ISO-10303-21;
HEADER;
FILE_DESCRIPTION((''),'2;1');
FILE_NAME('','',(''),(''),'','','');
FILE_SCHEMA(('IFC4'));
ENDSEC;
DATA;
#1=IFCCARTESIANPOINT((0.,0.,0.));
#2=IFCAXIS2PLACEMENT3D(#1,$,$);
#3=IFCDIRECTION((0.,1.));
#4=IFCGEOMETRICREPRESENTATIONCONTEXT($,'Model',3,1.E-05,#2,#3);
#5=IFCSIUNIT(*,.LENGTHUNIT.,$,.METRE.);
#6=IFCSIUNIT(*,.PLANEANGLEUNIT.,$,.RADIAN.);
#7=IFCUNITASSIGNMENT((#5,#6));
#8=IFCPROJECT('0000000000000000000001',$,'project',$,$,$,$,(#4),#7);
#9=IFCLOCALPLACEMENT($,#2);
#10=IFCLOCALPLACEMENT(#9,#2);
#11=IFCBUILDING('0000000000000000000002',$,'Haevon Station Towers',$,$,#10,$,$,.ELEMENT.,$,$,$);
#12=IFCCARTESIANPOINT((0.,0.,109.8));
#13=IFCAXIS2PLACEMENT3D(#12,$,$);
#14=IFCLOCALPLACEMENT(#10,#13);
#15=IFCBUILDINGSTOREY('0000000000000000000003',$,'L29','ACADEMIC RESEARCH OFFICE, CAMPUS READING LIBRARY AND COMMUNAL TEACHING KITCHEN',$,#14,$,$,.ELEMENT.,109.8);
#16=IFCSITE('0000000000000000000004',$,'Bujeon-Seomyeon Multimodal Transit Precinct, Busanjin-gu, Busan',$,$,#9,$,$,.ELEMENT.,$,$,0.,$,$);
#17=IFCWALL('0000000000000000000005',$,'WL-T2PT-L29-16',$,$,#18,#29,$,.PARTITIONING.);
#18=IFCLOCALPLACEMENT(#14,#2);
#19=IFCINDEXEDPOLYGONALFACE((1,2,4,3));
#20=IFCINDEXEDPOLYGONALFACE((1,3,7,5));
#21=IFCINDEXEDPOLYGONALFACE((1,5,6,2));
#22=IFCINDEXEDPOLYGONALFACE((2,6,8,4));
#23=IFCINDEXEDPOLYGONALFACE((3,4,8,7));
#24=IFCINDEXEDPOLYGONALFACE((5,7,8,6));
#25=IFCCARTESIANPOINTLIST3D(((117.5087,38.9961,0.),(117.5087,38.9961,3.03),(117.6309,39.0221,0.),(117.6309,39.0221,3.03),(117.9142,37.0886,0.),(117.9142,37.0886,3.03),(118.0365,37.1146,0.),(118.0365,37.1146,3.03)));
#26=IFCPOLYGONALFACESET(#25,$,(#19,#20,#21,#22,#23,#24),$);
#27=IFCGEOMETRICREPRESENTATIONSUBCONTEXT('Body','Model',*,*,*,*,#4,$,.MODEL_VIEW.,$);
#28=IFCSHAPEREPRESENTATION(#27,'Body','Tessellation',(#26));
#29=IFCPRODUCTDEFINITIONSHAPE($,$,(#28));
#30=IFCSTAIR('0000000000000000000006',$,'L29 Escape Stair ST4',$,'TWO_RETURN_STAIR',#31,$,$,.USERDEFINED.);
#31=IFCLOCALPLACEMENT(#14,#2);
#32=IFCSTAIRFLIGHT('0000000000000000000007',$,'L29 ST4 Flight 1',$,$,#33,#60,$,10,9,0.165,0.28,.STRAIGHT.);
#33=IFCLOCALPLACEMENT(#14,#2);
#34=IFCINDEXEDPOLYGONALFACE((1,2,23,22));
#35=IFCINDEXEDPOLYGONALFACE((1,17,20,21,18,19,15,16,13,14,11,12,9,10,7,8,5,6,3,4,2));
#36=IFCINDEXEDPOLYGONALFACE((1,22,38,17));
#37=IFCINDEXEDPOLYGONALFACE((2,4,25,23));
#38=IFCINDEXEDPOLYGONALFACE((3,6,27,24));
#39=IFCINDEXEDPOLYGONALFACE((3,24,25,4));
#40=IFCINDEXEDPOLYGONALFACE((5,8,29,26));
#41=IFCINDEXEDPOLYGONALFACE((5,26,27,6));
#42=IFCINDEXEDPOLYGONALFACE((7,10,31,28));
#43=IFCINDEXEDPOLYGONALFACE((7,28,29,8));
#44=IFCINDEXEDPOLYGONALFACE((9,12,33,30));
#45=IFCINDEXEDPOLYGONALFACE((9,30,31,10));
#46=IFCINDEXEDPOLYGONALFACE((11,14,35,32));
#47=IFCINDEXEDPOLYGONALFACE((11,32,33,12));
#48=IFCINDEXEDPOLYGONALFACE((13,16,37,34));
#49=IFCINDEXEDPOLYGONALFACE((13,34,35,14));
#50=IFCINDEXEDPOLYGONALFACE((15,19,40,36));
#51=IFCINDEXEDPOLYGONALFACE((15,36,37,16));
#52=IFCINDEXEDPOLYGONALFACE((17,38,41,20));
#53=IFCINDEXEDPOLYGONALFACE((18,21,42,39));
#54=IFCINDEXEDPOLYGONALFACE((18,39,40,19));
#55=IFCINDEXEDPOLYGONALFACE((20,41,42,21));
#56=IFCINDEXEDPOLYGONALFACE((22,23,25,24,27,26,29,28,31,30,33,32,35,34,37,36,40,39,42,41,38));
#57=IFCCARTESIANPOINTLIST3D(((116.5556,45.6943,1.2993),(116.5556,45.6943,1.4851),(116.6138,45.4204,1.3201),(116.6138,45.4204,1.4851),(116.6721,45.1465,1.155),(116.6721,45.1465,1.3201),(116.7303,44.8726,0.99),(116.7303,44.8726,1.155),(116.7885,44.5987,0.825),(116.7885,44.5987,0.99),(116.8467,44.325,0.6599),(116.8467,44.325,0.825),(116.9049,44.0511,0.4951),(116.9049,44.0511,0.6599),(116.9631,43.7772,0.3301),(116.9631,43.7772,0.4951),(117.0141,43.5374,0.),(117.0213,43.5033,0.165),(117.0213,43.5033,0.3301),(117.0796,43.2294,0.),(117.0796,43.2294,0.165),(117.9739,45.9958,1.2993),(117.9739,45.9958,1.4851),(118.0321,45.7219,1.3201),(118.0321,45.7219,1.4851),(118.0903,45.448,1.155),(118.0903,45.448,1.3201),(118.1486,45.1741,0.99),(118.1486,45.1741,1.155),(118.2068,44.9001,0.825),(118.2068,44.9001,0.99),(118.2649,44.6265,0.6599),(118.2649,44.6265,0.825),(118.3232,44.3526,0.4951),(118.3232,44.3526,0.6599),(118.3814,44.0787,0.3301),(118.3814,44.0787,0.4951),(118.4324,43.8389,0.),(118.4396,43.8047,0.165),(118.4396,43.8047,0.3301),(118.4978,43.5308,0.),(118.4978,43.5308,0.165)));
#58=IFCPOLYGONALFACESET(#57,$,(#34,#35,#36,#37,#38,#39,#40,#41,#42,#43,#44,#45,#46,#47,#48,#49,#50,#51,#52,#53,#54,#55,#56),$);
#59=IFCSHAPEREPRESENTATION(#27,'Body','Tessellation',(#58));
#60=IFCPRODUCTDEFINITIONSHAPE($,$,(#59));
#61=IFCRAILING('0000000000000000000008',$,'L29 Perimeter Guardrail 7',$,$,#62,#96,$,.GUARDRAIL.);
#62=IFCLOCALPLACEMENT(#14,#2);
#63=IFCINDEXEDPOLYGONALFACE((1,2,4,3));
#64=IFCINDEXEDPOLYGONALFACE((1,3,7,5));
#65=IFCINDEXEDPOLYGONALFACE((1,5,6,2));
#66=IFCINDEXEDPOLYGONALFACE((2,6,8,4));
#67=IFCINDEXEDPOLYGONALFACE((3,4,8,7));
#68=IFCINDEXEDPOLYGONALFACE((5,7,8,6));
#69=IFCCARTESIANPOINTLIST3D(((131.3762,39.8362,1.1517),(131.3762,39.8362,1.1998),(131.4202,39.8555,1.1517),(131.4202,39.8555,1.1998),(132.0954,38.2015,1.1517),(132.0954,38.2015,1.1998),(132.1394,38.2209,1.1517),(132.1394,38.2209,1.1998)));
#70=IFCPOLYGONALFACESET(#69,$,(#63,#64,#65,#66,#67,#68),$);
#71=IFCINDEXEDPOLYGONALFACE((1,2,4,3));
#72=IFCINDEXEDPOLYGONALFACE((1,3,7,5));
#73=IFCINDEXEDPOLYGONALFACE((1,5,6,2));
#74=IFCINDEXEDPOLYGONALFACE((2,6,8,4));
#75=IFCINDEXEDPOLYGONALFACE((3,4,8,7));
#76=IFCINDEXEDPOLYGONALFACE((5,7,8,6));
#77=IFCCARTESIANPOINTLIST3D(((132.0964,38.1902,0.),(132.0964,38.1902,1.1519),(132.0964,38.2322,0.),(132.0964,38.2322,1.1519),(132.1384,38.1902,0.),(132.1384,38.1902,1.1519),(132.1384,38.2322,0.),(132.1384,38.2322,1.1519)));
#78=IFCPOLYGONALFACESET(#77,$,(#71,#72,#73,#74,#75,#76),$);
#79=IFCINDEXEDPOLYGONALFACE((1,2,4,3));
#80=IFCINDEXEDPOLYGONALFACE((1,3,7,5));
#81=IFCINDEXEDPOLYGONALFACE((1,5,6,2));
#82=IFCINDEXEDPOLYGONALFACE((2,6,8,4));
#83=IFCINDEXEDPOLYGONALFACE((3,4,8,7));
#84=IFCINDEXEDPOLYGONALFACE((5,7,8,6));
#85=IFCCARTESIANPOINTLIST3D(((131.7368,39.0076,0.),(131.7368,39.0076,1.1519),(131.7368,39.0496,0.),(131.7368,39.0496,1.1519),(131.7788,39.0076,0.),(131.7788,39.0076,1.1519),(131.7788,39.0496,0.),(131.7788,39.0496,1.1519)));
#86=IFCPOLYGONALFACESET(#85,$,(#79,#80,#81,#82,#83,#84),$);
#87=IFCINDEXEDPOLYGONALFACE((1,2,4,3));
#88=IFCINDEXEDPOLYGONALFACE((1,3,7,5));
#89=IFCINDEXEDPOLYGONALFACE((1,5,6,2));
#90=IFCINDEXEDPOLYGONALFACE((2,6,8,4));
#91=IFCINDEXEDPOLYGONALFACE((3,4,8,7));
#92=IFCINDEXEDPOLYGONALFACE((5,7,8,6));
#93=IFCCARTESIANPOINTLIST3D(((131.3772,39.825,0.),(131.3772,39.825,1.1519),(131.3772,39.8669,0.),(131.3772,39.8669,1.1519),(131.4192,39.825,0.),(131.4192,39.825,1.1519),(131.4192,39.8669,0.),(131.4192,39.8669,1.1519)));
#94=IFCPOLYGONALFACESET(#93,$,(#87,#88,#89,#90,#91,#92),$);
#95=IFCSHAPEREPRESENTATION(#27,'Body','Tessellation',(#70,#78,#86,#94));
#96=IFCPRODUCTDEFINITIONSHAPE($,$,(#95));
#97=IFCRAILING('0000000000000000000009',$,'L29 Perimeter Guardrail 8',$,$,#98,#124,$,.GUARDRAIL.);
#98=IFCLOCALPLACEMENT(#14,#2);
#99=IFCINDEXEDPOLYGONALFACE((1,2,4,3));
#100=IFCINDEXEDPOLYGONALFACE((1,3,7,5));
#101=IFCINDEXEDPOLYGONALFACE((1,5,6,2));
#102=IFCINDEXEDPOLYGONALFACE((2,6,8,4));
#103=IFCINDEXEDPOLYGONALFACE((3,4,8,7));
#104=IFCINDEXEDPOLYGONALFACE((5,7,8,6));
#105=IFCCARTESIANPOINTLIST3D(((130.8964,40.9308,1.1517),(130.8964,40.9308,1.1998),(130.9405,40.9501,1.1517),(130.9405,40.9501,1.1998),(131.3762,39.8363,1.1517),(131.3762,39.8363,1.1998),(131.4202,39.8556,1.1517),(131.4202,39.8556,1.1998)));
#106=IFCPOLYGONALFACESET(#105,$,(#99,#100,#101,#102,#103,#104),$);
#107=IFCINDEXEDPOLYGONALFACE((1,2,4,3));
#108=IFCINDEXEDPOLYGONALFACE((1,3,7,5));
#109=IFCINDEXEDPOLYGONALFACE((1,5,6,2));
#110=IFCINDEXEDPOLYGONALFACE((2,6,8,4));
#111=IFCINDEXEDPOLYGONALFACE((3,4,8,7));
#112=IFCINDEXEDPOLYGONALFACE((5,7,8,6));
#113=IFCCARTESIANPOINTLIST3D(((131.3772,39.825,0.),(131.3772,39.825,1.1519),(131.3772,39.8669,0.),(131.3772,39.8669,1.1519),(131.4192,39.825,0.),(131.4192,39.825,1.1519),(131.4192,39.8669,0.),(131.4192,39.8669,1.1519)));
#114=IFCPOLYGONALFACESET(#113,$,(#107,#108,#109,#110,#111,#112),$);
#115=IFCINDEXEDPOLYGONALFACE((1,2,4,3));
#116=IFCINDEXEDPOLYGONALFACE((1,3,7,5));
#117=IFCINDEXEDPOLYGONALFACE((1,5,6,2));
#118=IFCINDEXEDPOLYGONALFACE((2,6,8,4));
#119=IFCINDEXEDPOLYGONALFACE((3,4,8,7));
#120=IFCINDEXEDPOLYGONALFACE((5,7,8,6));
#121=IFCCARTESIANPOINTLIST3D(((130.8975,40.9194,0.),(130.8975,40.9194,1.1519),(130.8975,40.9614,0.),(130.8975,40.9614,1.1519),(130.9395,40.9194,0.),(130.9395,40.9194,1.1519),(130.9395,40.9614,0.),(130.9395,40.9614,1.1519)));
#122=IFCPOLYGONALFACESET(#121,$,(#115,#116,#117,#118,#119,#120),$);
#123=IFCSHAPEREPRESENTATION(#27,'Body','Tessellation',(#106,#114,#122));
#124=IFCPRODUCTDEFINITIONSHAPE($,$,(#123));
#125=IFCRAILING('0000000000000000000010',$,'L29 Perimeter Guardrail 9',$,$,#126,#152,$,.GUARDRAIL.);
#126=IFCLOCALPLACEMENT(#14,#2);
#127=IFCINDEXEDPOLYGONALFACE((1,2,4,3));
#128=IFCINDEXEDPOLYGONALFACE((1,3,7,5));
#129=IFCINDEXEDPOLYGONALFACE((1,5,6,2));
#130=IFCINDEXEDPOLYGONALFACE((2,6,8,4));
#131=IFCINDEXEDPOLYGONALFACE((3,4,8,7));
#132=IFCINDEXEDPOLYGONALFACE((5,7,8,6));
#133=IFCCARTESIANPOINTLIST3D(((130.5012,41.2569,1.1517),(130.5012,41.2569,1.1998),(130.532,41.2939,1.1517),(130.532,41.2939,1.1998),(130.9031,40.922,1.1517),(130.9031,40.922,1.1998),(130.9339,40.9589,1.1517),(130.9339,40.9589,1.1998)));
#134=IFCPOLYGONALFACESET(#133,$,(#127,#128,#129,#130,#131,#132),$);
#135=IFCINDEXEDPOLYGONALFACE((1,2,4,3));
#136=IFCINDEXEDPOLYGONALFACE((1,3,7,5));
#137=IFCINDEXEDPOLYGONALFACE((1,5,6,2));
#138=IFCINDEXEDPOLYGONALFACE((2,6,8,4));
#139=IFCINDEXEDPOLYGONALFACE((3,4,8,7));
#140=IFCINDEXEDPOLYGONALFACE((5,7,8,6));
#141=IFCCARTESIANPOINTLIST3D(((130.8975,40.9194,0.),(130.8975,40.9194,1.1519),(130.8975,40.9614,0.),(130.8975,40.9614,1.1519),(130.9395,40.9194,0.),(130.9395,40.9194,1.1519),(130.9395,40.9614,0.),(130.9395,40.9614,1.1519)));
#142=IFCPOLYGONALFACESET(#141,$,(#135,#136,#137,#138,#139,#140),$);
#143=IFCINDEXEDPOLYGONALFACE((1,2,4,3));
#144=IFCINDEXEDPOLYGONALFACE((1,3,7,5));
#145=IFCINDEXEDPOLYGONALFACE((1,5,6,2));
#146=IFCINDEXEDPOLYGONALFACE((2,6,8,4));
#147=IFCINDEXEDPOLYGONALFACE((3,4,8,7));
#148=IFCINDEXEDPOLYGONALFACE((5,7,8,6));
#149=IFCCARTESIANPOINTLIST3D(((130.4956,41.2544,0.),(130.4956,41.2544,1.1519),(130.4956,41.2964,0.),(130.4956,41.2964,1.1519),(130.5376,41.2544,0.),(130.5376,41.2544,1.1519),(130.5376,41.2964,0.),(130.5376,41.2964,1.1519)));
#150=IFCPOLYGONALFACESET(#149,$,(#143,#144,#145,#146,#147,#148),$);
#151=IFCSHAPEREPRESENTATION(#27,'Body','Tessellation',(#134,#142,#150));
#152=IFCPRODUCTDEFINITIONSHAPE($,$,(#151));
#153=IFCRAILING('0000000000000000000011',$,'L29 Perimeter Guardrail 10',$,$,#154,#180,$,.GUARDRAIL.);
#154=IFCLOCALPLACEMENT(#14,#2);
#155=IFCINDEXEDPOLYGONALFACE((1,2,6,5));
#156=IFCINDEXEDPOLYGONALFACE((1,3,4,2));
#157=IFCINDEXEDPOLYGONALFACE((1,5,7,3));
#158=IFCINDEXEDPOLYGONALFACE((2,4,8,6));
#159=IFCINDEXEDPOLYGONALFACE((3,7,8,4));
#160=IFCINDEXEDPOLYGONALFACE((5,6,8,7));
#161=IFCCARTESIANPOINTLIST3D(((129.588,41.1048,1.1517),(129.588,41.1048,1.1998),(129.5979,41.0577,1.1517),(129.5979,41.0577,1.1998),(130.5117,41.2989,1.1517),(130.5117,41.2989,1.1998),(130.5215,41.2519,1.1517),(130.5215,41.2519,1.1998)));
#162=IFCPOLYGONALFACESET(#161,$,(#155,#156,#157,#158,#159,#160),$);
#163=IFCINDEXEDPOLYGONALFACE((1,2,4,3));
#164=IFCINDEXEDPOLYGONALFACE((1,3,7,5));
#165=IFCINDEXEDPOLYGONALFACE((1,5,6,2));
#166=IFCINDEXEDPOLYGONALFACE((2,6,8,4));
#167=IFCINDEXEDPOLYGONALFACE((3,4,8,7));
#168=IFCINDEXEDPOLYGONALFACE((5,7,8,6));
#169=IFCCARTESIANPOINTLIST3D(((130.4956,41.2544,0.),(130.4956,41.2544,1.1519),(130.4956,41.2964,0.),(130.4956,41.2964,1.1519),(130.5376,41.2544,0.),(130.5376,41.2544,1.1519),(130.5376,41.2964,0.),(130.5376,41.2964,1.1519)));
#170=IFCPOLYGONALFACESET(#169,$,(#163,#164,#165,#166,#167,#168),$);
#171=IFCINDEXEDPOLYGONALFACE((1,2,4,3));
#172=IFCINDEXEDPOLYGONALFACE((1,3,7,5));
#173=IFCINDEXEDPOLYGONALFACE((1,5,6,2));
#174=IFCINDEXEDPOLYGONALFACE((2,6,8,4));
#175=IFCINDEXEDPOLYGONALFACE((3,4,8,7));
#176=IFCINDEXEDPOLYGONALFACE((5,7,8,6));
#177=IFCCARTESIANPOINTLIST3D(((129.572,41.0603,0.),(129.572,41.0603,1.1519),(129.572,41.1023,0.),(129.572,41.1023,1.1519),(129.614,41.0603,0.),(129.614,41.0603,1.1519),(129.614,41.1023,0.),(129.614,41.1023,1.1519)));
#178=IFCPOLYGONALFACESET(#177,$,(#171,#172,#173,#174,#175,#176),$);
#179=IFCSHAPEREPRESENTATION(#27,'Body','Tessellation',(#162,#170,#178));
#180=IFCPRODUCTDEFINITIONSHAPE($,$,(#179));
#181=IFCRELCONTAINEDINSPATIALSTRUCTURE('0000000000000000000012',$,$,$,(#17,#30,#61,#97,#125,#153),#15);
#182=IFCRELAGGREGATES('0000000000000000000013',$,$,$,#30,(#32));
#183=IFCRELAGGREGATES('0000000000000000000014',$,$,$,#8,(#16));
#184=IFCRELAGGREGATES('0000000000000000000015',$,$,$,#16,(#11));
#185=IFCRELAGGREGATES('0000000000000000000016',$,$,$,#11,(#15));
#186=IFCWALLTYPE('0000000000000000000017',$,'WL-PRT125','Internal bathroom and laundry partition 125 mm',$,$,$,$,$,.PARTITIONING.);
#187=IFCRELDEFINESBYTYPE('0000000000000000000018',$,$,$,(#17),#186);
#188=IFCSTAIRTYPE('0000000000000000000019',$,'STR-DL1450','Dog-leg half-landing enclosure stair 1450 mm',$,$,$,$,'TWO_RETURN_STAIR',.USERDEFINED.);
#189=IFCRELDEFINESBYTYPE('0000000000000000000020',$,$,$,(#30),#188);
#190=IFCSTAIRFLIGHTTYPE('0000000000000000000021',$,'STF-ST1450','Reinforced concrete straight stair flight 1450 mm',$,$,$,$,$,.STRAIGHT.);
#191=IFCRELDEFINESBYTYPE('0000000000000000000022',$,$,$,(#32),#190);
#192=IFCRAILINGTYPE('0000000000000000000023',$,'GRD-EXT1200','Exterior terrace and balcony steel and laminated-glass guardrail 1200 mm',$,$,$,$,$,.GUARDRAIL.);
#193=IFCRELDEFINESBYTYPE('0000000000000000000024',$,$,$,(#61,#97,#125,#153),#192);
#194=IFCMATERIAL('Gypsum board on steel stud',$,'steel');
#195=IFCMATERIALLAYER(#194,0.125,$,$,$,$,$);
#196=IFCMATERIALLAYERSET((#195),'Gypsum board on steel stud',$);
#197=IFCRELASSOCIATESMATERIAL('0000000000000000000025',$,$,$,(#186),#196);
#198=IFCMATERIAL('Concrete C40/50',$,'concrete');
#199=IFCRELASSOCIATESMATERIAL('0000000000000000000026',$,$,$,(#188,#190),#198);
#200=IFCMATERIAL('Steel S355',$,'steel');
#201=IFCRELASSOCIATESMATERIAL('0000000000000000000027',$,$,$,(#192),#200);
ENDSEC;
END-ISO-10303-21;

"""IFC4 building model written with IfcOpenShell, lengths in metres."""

from ifc_helpers import new_model, si_unit, direction, frame, frame_2d, origin, origin_2d, place, context, subcontext, project, spatial, polyline, rectangle, outline, extrude, material, layer, layer_set, type_object, element, aggregate, save


model = new_model("IFC4")

# Units and contexts
model_context = context("Model", 3, precision=1e-05, world=origin(), true_north=direction((0.0, 1.0)))
body_context = subcontext(model_context, "Body", "Model", "MODEL_VIEW")
ifc_project = project(units=[si_unit("LENGTHUNIT", "METRE"), si_unit("PLANEANGLEUNIT", "RADIAN")], contexts=[model_context])

# Site, building, storey
site_placement = place(None, origin())
site = spatial("IfcSite", under=ifc_project, at=site_placement, Name="Bujeon-Seomyeon Multimodal Transit Precinct, Busanjin-gu, Busan", CompositionType="ELEMENT", RefElevation=0.0)
building_placement = place(site_placement, origin())
building = spatial("IfcBuilding", under=site, at=building_placement, Name="Haevon Station Towers", CompositionType="ELEMENT")
storey_placement = place(building_placement, frame((0.0, 0.0, 109.8)))
storey = spatial("IfcBuildingStorey", under=building, at=storey_placement, Name="L29", Description="ACADEMIC RESEARCH OFFICE, CAMPUS READING LIBRARY AND COMMUNAL TEACHING KITCHEN", CompositionType="ELEMENT", Elevation=109.8)

# Shared definitions
ifc_material_1 = material(Name="Steel S355", Category="steel")

# Shared definitions
ifc_material_2 = material(Name="Gypsum board on steel stud", Category="steel")

# Wall
ifc_layer_1 = layer(ifc_material_2, 0.125)
ifc_layer_set_1 = layer_set([ifc_layer_1], Name="Gypsum board on steel stud")
wall_type_1 = type_object("IfcWallType", Name="WL-PRT125", Description="Internal bathroom and laundry partition 125 mm", PredefinedType="PARTITIONING", material=ifc_layer_set_1)
wall_1_placement = place(storey_placement, frame((117.9753, 37.1016, 0.0), z_axis=(0.0, 0.0, 1.0), x_axis=(-0.207947, 0.97814, 0.0)))
element("IfcWall", 1, at=wall_1_placement, inside=storey, type_object=wall_type_1, Name="WL-T2PT-L29-16", PredefinedType="PARTITIONING", context=body_context, shape_type="SweptSolid", body=[
    extrude(rectangle(XDim=1.9502, YDim=0.125, at=frame_2d((0.9751, 0.0))), origin(), (0.0, 0.0, 1.0), 3.03),
])

# Stair, stair flight
ifc_material_3 = material(Name="Concrete C40/50", Category="concrete")
stair_type = type_object("IfcStairType", Name="STR-DL1450", Description="Dog-leg half-landing enclosure stair 1450 mm", ElementType="TWO_RETURN_STAIR", PredefinedType="USERDEFINED", material=ifc_material_3)
stair_placement = place(storey_placement, origin())
stair = element("IfcStair", 2, at=stair_placement, inside=storey, type_object=stair_type, Name="L29 Escape Stair ST4", ObjectType="TWO_RETURN_STAIR", PredefinedType="USERDEFINED")
stair_flight_type = type_object("IfcStairFlightType", Name="STF-ST1450", Description="Reinforced concrete straight stair flight 1450 mm", PredefinedType="STRAIGHT", material=ifc_material_3)
stair_flight_placement = place(storey_placement, frame((117.7888, 43.3801, 0.0), z_axis=(0.0, 0.0, 1.0), x_axis=(-0.207912, 0.978148, 0.0)))
stair_flight = element("IfcStairFlight", 3, at=stair_flight_placement, type_object=stair_flight_type, Name="L29 ST4 Flight 1", NumberOfRisers=10, NumberOfTreads=9, PredefinedType="STRAIGHT", RiserHeight=0.165, TreadLength=0.28, context=body_context, shape_type="SweptSolid", body=[
    extrude(outline(polyline([(0.0, 0.0), (0.0, 0.165), (0.28, 0.165), (0.28, 0.3301), (0.5601, 0.3301), (0.5601, 0.4951), (0.8401, 0.4951), (0.8401, 0.6599), (1.1201, 0.6599), (1.1201, 0.825), (1.3999, 0.825), (1.3999, 0.99), (1.6799, 0.99), (1.6799, 1.155), (1.96, 1.155), (1.96, 1.3201), (2.24, 1.3201), (2.24, 1.4851), (2.52, 1.4851), (2.52, 1.6499), (2.52, 1.2993), (0.3149, 0.0), (0.0, 0.0)])), frame((0.0, 0.7251, 0.0), z_axis=(0.0, -1.0, 0.0), x_axis=(1.0, 0.0, 0.0)), (0.0, 0.0, 1.0), 1.45),
])
aggregate(stair, [stair_flight])

# Railings
railing_type_1 = type_object("IfcRailingType", Name="GRD-EXT1200", Description="Exterior terrace and balcony steel and laminated-glass guardrail 1200 mm", PredefinedType="GUARDRAIL", material=ifc_material_1)
railing_1_placement = place(storey_placement, frame((132.1174, 38.2112, 0.0)))
element("IfcRailing", 4, at=railing_1_placement, inside=storey, type_object=railing_type_1, Name="L29 Perimeter Guardrail 7", PredefinedType="GUARDRAIL", context=body_context, shape_type="SweptSolid", body=[
    extrude(rectangle(XDim=0.0481, YDim=0.0481, at=origin_2d()), frame((0.0, 0.0, 1.1758), z_axis=(-0.402711, 0.915327, 0.0), x_axis=(-0.915327, -0.402711, 0.0)), (0.0, 0.0, 1.0), 1.7859),
    extrude(rectangle(XDim=0.042, YDim=0.042, at=origin_2d()), origin(), (0.0, 0.0, 1.0), 1.1519),
    extrude(rectangle(XDim=0.042, YDim=0.042, at=origin_2d()), frame((-0.3596, 0.8174, 0.0)), (0.0, 0.0, 1.0), 1.1519),
    extrude(rectangle(XDim=0.042, YDim=0.042, at=origin_2d()), frame((-0.7192, 1.6348, 0.0)), (0.0, 0.0, 1.0), 1.1519),
])
railing_2_placement = place(storey_placement, frame((131.3982, 39.8459, 0.0)))
element("IfcRailing", 5, at=railing_2_placement, inside=storey, type_object=railing_type_1, Name="L29 Perimeter Guardrail 8", PredefinedType="GUARDRAIL", context=body_context, shape_type="SweptSolid", body=[
    extrude(rectangle(XDim=0.0481, YDim=0.0481, at=origin_2d()), frame((0.0, 0.0, 1.1758), z_axis=(-0.401451, 0.91588, 0.0), x_axis=(-0.91588, -0.401451, 0.0)), (0.0, 0.0, 1.0), 1.1951),
    extrude(rectangle(XDim=0.042, YDim=0.042, at=origin_2d()), origin(), (0.0, 0.0, 1.0), 1.1519),
    extrude(rectangle(XDim=0.042, YDim=0.042, at=origin_2d()), frame((-0.4797, 1.0945, 0.0)), (0.0, 0.0, 1.0), 1.1519),
])
railing_3_placement = place(storey_placement, frame((130.9185, 40.9404, 0.0)))
element("IfcRailing", 6, at=railing_3_placement, inside=storey, type_object=railing_type_1, Name="L29 Perimeter Guardrail 9", PredefinedType="GUARDRAIL", context=body_context, shape_type="SweptSolid", body=[
    extrude(rectangle(XDim=0.0481, YDim=0.0481, at=origin_2d()), frame((0.0, 0.0, 1.1758), z_axis=(-0.768145, 0.640276, 0.0), x_axis=(-0.640276, -0.768145, 0.0)), (0.0, 0.0, 1.0), 0.5232),
    extrude(rectangle(XDim=0.042, YDim=0.042, at=origin_2d()), origin(), (0.0, 0.0, 1.0), 1.1519),
    extrude(rectangle(XDim=0.042, YDim=0.042, at=origin_2d()), frame((-0.4019, 0.335, 0.0)), (0.0, 0.0, 1.0), 1.1519),
])
railing_4_placement = place(storey_placement, frame((130.5166, 41.2754, 0.0)))
element("IfcRailing", 7, at=railing_4_placement, inside=storey, type_object=railing_type_1, Name="L29 Perimeter Guardrail 10", PredefinedType="GUARDRAIL", context=body_context, shape_type="SweptSolid", body=[
    extrude(rectangle(XDim=0.0481, YDim=0.0481, at=origin_2d()), frame((0.0, 0.0, 1.1758), z_axis=(-0.978624, -0.205658, 0.0), x_axis=(0.205658, -0.978624, 0.0)), (0.0, 0.0, 1.0), 0.9438),
    extrude(rectangle(XDim=0.042, YDim=0.042, at=origin_2d()), origin(), (0.0, 0.0, 1.0), 1.1519),
    extrude(rectangle(XDim=0.042, YDim=0.042, at=origin_2d()), frame((-0.9236, -0.1941, 0.0)), (0.0, 0.0, 1.0), 1.1519),
])

save(model, "model.ifc")
